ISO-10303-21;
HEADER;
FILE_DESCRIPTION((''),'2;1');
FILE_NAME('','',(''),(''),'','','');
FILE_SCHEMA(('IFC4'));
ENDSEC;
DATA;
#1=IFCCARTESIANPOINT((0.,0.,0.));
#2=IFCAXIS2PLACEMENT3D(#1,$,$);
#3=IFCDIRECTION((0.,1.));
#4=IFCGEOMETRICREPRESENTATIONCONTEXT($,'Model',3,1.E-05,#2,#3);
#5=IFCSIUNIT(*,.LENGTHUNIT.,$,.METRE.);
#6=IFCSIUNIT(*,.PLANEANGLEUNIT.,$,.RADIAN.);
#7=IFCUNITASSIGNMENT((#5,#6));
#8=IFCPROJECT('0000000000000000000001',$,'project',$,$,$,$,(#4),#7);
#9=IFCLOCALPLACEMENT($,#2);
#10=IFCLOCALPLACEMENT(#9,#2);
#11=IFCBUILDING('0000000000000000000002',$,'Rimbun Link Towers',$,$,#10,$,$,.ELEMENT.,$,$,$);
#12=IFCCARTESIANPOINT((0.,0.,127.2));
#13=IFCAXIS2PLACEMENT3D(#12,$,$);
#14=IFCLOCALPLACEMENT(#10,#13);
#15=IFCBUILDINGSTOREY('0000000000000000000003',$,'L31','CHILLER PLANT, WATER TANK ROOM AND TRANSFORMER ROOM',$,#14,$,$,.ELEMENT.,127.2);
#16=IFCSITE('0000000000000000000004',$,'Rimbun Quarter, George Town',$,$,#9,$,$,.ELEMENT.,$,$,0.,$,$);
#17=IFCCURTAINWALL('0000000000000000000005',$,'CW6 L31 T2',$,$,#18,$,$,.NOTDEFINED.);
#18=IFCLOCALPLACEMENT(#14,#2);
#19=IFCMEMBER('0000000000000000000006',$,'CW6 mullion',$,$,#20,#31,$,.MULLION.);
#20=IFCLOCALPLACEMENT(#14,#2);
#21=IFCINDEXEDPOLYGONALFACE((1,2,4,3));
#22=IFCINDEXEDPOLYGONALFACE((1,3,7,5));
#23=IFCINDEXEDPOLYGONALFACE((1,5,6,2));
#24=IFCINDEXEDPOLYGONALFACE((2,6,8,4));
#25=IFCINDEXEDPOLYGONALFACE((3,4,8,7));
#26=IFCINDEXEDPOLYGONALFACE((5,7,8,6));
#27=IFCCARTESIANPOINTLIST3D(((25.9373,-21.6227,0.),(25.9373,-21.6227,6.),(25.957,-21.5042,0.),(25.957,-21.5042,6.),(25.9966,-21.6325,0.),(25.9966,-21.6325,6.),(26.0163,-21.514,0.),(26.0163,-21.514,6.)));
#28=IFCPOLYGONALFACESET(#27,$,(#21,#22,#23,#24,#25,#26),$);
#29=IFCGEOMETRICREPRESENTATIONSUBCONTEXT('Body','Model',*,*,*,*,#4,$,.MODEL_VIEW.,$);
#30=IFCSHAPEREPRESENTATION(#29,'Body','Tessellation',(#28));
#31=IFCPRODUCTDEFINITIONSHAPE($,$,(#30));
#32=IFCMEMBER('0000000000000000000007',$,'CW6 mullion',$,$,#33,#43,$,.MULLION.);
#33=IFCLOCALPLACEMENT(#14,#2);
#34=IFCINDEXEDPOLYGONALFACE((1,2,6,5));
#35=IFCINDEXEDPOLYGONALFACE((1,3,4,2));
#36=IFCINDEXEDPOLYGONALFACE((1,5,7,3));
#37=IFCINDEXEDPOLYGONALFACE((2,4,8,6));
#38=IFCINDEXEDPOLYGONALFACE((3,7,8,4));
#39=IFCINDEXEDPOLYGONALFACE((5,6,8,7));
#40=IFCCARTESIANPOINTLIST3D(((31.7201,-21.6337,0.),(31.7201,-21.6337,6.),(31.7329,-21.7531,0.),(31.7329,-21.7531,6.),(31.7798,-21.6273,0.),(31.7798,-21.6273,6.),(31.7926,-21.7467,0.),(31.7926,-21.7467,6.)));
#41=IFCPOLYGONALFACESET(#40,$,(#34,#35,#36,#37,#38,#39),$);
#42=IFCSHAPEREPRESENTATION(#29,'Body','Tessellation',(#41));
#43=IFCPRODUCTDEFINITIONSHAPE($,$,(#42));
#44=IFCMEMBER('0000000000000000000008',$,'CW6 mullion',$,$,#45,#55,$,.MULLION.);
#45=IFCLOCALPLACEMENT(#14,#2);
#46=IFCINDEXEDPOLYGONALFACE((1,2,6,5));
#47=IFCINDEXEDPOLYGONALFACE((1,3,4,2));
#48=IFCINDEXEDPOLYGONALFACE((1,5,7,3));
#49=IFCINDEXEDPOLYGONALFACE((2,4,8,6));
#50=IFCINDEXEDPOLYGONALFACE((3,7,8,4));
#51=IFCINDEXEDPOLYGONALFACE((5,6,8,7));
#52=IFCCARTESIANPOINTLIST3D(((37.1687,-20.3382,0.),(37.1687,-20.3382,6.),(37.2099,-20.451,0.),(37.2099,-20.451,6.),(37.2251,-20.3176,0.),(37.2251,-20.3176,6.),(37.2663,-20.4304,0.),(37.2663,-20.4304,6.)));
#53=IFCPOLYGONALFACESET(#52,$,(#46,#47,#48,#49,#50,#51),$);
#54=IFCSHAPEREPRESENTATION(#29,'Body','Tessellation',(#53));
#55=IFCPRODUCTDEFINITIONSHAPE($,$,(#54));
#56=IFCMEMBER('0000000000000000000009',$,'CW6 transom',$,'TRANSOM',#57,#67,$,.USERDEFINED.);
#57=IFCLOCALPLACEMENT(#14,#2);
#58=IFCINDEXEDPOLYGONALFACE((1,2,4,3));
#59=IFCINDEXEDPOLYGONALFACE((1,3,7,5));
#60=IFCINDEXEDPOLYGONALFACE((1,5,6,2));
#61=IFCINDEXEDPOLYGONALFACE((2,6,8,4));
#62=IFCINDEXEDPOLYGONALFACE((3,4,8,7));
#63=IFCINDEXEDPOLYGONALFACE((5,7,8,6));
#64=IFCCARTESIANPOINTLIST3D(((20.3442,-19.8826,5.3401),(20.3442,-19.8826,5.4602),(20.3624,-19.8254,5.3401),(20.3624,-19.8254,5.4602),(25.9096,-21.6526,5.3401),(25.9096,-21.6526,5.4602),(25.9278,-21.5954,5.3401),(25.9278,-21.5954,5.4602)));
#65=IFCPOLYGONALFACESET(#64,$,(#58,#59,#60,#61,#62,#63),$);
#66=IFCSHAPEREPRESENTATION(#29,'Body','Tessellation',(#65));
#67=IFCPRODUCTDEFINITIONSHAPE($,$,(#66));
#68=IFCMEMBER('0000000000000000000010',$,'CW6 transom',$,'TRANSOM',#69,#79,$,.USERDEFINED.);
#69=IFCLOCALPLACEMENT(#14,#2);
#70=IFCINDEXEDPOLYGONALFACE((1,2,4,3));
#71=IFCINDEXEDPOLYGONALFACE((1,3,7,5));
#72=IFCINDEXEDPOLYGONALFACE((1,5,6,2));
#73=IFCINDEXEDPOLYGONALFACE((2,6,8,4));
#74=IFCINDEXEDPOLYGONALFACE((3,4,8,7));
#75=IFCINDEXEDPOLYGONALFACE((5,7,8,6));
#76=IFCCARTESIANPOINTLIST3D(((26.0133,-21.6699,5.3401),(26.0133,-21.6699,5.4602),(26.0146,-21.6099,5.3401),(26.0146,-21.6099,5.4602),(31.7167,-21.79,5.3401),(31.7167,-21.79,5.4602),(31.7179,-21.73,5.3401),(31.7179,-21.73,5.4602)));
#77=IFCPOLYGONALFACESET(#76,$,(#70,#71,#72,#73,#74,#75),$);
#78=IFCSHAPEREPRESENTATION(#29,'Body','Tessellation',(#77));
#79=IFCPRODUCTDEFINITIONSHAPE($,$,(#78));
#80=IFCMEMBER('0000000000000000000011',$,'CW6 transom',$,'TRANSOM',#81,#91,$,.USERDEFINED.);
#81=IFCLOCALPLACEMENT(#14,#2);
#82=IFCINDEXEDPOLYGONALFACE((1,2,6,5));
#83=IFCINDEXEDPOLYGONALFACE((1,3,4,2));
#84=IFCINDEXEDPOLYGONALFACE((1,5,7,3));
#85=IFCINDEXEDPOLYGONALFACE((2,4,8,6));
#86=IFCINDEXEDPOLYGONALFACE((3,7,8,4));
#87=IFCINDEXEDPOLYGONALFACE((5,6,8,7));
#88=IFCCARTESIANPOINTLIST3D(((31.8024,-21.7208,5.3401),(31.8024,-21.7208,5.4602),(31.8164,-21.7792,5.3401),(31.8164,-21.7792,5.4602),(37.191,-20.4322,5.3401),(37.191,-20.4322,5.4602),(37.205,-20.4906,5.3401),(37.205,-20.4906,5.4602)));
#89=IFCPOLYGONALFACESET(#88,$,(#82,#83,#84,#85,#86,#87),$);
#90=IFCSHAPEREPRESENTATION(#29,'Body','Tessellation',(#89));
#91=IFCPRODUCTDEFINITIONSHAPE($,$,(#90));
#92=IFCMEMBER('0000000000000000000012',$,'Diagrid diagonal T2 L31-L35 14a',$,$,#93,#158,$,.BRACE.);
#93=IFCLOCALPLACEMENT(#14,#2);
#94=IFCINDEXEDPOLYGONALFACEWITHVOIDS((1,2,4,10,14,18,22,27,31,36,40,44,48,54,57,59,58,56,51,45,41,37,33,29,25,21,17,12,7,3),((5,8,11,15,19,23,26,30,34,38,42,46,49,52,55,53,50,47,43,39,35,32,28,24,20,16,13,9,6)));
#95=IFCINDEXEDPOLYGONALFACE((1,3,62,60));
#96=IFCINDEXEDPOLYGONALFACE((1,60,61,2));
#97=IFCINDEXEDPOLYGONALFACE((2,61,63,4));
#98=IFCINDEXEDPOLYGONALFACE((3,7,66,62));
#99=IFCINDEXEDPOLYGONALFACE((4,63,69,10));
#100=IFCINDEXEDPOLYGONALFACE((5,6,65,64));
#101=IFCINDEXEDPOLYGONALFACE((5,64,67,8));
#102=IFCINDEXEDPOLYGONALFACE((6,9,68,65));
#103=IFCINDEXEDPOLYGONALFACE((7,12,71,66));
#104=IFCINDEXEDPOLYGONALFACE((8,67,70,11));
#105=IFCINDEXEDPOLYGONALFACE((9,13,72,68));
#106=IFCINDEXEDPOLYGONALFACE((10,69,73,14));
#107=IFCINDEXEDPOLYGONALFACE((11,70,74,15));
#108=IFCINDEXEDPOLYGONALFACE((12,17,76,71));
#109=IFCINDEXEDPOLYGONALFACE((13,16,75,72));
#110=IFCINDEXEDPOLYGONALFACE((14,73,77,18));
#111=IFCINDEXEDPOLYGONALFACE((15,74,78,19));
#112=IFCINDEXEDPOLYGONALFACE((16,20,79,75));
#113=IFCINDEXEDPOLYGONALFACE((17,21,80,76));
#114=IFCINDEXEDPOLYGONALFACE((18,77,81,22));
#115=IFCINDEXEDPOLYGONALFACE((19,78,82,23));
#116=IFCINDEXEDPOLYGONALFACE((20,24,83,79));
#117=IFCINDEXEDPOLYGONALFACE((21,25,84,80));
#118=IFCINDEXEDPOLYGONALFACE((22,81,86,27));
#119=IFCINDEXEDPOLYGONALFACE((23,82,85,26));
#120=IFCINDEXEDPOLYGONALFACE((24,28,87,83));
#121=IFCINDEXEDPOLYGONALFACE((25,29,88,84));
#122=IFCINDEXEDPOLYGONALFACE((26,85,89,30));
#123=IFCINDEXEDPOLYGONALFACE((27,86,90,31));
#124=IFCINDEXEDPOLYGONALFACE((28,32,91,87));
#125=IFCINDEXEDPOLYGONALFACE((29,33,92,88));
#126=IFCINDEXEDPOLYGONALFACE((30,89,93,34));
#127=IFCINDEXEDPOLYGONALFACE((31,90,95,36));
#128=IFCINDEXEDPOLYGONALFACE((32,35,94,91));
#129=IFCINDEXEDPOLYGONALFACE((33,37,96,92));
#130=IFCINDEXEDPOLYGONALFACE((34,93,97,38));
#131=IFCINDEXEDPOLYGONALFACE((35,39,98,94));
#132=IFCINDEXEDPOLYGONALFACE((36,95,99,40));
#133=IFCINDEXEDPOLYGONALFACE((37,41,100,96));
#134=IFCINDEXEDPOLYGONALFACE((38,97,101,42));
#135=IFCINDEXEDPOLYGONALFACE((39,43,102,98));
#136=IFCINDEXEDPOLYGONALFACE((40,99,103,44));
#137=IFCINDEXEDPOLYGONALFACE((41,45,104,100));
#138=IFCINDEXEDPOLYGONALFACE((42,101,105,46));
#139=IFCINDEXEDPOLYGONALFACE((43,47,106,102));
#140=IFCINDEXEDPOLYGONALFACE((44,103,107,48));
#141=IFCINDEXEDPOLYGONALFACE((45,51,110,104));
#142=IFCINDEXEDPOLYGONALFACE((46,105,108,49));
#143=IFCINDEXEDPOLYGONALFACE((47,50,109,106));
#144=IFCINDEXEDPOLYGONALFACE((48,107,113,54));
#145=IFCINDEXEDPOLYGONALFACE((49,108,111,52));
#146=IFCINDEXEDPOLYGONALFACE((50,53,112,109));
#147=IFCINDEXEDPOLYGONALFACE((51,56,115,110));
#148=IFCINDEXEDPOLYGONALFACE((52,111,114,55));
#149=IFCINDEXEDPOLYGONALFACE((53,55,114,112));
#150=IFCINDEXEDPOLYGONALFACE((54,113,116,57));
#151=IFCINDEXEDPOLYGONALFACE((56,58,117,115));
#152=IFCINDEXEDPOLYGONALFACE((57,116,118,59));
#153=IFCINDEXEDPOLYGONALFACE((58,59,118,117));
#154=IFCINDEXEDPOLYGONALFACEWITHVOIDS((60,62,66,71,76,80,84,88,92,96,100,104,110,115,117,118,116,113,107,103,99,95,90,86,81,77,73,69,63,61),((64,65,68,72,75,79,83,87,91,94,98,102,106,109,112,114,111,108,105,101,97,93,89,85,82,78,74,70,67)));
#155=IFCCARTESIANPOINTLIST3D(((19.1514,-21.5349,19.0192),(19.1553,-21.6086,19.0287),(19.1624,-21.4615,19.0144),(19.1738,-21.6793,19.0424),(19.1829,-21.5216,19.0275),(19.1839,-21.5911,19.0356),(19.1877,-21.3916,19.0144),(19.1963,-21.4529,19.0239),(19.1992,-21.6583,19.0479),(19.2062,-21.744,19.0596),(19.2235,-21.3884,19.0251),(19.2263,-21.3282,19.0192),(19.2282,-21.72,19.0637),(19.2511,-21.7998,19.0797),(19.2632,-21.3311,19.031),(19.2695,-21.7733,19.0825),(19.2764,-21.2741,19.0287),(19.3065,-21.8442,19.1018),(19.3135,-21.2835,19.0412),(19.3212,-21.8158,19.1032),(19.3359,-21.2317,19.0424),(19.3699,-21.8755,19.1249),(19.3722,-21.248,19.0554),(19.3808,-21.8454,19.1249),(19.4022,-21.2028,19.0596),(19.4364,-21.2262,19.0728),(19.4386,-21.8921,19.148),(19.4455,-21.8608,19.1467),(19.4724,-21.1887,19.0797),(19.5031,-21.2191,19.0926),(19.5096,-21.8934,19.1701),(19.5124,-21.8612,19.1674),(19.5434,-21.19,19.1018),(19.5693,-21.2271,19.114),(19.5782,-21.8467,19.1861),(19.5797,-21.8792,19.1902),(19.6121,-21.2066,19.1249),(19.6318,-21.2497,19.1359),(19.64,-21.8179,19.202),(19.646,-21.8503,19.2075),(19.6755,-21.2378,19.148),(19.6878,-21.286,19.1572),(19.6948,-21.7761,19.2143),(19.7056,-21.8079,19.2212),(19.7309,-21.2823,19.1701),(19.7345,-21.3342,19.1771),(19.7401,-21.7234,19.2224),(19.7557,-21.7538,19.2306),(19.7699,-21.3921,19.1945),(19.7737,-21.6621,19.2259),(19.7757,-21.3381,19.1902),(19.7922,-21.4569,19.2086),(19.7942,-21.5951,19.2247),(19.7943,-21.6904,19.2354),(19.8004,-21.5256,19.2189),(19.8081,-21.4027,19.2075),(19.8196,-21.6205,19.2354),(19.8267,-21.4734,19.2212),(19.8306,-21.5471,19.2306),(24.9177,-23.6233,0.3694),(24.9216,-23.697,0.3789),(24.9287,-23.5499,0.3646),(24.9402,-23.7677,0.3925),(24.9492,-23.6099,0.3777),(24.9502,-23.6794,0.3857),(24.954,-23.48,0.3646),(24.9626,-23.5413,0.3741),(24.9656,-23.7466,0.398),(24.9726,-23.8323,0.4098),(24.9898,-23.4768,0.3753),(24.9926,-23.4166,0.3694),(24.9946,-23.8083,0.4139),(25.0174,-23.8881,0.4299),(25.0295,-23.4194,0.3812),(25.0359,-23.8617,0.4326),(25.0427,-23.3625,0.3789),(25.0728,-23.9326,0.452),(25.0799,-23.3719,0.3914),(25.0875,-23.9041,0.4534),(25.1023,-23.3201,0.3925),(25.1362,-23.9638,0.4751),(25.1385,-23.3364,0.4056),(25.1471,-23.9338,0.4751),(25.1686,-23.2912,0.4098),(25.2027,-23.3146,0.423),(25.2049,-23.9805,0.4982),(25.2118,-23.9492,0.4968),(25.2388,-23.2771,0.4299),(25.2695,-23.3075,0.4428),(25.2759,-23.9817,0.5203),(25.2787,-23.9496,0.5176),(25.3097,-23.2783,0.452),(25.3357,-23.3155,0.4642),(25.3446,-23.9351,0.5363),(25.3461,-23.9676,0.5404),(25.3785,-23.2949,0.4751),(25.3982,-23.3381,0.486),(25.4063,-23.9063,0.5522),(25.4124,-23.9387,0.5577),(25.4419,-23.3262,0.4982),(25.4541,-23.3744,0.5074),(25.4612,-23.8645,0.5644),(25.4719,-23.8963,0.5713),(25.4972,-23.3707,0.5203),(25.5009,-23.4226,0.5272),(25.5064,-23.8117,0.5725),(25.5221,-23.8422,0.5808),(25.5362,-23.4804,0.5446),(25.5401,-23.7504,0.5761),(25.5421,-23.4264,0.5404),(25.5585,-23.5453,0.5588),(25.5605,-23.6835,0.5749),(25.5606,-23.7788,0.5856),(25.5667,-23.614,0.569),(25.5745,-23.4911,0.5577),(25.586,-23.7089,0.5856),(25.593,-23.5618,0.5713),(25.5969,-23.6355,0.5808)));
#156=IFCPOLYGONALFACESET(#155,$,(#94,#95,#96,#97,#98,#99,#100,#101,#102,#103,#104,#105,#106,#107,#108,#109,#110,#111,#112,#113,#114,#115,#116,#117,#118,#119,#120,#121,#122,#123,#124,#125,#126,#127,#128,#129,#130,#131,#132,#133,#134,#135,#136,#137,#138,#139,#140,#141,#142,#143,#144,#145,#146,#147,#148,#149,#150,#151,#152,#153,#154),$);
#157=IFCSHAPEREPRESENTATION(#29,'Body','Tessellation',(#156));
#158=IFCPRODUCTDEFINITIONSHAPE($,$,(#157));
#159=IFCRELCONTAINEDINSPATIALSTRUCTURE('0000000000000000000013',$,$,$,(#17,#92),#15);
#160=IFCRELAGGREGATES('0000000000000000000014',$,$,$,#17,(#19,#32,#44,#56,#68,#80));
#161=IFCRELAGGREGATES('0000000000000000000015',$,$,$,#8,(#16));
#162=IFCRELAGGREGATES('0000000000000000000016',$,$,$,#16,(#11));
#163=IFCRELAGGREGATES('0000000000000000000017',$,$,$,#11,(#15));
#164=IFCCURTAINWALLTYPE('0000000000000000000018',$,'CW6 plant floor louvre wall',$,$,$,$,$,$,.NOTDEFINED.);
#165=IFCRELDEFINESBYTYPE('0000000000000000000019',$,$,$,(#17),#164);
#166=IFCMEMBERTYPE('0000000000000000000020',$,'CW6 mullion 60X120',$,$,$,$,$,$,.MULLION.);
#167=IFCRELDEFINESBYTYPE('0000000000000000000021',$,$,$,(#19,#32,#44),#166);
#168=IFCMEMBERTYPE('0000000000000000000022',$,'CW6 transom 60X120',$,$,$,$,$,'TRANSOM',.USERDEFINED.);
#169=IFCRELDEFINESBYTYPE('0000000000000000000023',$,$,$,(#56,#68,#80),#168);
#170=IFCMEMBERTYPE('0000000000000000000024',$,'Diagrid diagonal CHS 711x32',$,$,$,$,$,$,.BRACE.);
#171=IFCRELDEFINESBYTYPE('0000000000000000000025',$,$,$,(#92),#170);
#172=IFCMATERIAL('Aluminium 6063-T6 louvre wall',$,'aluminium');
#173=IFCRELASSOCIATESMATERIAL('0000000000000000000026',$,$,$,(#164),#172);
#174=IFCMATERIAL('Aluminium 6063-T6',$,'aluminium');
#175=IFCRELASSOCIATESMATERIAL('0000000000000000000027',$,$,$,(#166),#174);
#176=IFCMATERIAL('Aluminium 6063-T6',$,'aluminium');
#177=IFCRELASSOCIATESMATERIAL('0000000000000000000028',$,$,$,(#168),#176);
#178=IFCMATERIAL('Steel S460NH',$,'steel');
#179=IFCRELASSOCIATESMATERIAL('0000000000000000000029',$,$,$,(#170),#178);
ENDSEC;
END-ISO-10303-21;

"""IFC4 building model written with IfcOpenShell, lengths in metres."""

from ifc_helpers import new_model, si_unit, direction, frame, origin, origin_2d, place, context, subcontext, project, spatial, rectangle, hollow_circle, extrude, material, material_profile, profile_set, type_object, element, aggregate, save


model = new_model("IFC4")

# Units and contexts
model_context = context("Model", 3, precision=1e-05, world=origin(), true_north=direction((0.0, 1.0)))
body_context = subcontext(model_context, "Body", "Model", "MODEL_VIEW")
ifc_project = project(units=[si_unit("LENGTHUNIT", "METRE"), si_unit("PLANEANGLEUNIT", "RADIAN")], contexts=[model_context])

# Site, building, storey
site_placement = place(None, origin())
site = spatial("IfcSite", under=ifc_project, at=site_placement, Name="Rimbun Quarter, George Town", CompositionType="ELEMENT", RefElevation=0.0)
building_placement = place(site_placement, origin())
building = spatial("IfcBuilding", under=site, at=building_placement, Name="Rimbun Link Towers", CompositionType="ELEMENT")
storey_placement = place(building_placement, frame((0.0, 0.0, 127.2)))
storey = spatial("IfcBuildingStorey", under=building, at=storey_placement, Name="L31", Description="CHILLER PLANT, WATER TANK ROOM AND TRANSFORMER ROOM", CompositionType="ELEMENT", Elevation=127.2)

# Curtain wall, members
ifc_material_1 = material(Name="Aluminium 6063-T6 louvre wall", Category="aluminium")
curtain_wall_type = type_object("IfcCurtainWallType", Name="CW6 plant floor louvre wall", PredefinedType="NOTDEFINED", material=ifc_material_1)
curtain_wall_placement = place(storey_placement, origin())
curtain_wall = element("IfcCurtainWall", 1, at=curtain_wall_placement, inside=storey, type_object=curtain_wall_type, Name="CW6 L31 T2", PredefinedType="NOTDEFINED")
ifc_material_2 = material(Name="Aluminium 6063-T6", Category="aluminium")
ifc_material_profile_1 = material_profile(ifc_material_2, rectangle(XDim=0.1201, YDim=0.0601, at=origin_2d()), Name="MULLION 60X120")
ifc_profile_set_1 = profile_set([ifc_material_profile_1], Name="Aluminium 6063-T6")
member_type_1 = type_object("IfcMemberType", Name="CW6 mullion 60X120", PredefinedType="MULLION", material=ifc_profile_set_1)
member_1_placement = place(storey_placement, frame((25.9768, -21.5684, 0.0), z_axis=(0.0, 0.0, 1.0), x_axis=(-0.163751, -0.986502, 0.0)))
member_1 = element("IfcMember", 2, at=member_1_placement, type_object=member_type_1, Name="CW6 mullion", PredefinedType="MULLION", context=body_context, shape_type="SweptSolid", body=[
    extrude(rectangle(XDim=0.1201, YDim=0.0601, at=origin_2d()), origin(), (0.0, 0.0, 1.0), 6.0),
])
member_2_placement = place(storey_placement, frame((31.7563, -21.6902, 0.0), z_axis=(0.0, 0.0, 1.0), x_axis=(0.106643, -0.994297, 0.0)))
member_2 = element("IfcMember", 3, at=member_2_placement, type_object=member_type_1, Name="CW6 mullion", PredefinedType="MULLION", context=body_context, shape_type="SweptSolid", body=[
    extrude(rectangle(XDim=0.1201, YDim=0.0601, at=origin_2d()), origin(), (0.0, 0.0, 1.0), 6.0),
])
member_3_placement = place(storey_placement, frame((37.2175, -20.3843, 0.0), z_axis=(0.0, 0.0, 1.0), x_axis=(0.342975, -0.939345, 0.0)))
member_3 = element("IfcMember", 4, at=member_3_placement, type_object=member_type_1, Name="CW6 mullion", PredefinedType="MULLION", context=body_context, shape_type="SweptSolid", body=[
    extrude(rectangle(XDim=0.1201, YDim=0.0601, at=origin_2d()), origin(), (0.0, 0.0, 1.0), 6.0),
])
ifc_material_3 = material(Name="Aluminium 6063-T6", Category="aluminium")
ifc_material_profile_2 = material_profile(ifc_material_3, rectangle(XDim=0.0601, YDim=0.1201, at=origin_2d()), Name="TRANSOM 60X120")
ifc_profile_set_2 = profile_set([ifc_material_profile_2], Name="Aluminium 6063-T6")
member_type_2 = type_object("IfcMemberType", Name="CW6 transom 60X120", ElementType="TRANSOM", PredefinedType="USERDEFINED", material=ifc_profile_set_2)
member_4_placement = place(storey_placement, frame((25.9187, -21.624, 5.4001), z_axis=(-0.952965, 0.303079, 0.0), x_axis=(-0.303079, -0.952965, 0.0)))
member_4 = element("IfcMember", 5, at=member_4_placement, type_object=member_type_2, Name="CW6 transom", ObjectType="TRANSOM", PredefinedType="USERDEFINED", context=body_context, shape_type="SweptSolid", body=[
    extrude(rectangle(XDim=0.0601, YDim=0.1201, at=origin_2d()), origin(), (0.0, 0.0, 1.0), 5.8401),
])
member_5_placement = place(storey_placement, frame((31.7173, -21.76, 5.4001), z_axis=(-0.999778, 0.021056, 0.0), x_axis=(-0.021056, -0.999778, 0.0)))
member_5 = element("IfcMember", 6, at=member_5_placement, type_object=member_type_2, Name="CW6 transom", ObjectType="TRANSOM", PredefinedType="USERDEFINED", context=body_context, shape_type="SweptSolid", body=[
    extrude(rectangle(XDim=0.0601, YDim=0.1201, at=origin_2d()), origin(), (0.0, 0.0, 1.0), 5.7046),
])
member_6_placement = place(storey_placement, frame((37.198, -20.4614, 5.4001), z_axis=(-0.97258, -0.23257, 0.0), x_axis=(0.23257, -0.97258, 0.0)))
member_6 = element("IfcMember", 7, at=member_6_placement, type_object=member_type_2, Name="CW6 transom", ObjectType="TRANSOM", PredefinedType="USERDEFINED", context=body_context, shape_type="SweptSolid", body=[
    extrude(rectangle(XDim=0.0601, YDim=0.1201, at=origin_2d()), origin(), (0.0, 0.0, 1.0), 5.5405),
])

# Member
ifc_material_4 = material(Name="Steel S460NH", Category="steel")
ifc_material_profile_3 = material_profile(ifc_material_4, hollow_circle(Radius=0.3557, WallThickness=0.032, at=origin_2d()), Name="Diagrid diagonal CHS 711x32")
ifc_profile_set_3 = profile_set([ifc_material_profile_3], Name="Steel S460NH")
member_type_3 = type_object("IfcMemberType", Name="Diagrid diagonal CHS 711x32", PredefinedType="BRACE", material=ifc_profile_set_3)
member_7_placement = place(storey_placement, frame((25.2573, -23.6294, 0.4751), z_axis=(-0.293716, 0.106374, 0.949955), x_axis=(-0.340522, -0.940237, 0.0)))
element("IfcMember", 8, at=member_7_placement, inside=storey, type_object=member_type_3, Name="Diagrid diagonal T2 L31-L35 14a", PredefinedType="BRACE", context=body_context, shape_type="SweptSolid", body=[
    extrude(hollow_circle(Radius=0.3557, WallThickness=0.032, at=origin_2d()), origin(), (0.0, 0.0, 1.0), 19.6323),
])

aggregate(curtain_wall, [member_1, member_2, member_3, member_4, member_5, member_6])

save(model, "model.ifc")
